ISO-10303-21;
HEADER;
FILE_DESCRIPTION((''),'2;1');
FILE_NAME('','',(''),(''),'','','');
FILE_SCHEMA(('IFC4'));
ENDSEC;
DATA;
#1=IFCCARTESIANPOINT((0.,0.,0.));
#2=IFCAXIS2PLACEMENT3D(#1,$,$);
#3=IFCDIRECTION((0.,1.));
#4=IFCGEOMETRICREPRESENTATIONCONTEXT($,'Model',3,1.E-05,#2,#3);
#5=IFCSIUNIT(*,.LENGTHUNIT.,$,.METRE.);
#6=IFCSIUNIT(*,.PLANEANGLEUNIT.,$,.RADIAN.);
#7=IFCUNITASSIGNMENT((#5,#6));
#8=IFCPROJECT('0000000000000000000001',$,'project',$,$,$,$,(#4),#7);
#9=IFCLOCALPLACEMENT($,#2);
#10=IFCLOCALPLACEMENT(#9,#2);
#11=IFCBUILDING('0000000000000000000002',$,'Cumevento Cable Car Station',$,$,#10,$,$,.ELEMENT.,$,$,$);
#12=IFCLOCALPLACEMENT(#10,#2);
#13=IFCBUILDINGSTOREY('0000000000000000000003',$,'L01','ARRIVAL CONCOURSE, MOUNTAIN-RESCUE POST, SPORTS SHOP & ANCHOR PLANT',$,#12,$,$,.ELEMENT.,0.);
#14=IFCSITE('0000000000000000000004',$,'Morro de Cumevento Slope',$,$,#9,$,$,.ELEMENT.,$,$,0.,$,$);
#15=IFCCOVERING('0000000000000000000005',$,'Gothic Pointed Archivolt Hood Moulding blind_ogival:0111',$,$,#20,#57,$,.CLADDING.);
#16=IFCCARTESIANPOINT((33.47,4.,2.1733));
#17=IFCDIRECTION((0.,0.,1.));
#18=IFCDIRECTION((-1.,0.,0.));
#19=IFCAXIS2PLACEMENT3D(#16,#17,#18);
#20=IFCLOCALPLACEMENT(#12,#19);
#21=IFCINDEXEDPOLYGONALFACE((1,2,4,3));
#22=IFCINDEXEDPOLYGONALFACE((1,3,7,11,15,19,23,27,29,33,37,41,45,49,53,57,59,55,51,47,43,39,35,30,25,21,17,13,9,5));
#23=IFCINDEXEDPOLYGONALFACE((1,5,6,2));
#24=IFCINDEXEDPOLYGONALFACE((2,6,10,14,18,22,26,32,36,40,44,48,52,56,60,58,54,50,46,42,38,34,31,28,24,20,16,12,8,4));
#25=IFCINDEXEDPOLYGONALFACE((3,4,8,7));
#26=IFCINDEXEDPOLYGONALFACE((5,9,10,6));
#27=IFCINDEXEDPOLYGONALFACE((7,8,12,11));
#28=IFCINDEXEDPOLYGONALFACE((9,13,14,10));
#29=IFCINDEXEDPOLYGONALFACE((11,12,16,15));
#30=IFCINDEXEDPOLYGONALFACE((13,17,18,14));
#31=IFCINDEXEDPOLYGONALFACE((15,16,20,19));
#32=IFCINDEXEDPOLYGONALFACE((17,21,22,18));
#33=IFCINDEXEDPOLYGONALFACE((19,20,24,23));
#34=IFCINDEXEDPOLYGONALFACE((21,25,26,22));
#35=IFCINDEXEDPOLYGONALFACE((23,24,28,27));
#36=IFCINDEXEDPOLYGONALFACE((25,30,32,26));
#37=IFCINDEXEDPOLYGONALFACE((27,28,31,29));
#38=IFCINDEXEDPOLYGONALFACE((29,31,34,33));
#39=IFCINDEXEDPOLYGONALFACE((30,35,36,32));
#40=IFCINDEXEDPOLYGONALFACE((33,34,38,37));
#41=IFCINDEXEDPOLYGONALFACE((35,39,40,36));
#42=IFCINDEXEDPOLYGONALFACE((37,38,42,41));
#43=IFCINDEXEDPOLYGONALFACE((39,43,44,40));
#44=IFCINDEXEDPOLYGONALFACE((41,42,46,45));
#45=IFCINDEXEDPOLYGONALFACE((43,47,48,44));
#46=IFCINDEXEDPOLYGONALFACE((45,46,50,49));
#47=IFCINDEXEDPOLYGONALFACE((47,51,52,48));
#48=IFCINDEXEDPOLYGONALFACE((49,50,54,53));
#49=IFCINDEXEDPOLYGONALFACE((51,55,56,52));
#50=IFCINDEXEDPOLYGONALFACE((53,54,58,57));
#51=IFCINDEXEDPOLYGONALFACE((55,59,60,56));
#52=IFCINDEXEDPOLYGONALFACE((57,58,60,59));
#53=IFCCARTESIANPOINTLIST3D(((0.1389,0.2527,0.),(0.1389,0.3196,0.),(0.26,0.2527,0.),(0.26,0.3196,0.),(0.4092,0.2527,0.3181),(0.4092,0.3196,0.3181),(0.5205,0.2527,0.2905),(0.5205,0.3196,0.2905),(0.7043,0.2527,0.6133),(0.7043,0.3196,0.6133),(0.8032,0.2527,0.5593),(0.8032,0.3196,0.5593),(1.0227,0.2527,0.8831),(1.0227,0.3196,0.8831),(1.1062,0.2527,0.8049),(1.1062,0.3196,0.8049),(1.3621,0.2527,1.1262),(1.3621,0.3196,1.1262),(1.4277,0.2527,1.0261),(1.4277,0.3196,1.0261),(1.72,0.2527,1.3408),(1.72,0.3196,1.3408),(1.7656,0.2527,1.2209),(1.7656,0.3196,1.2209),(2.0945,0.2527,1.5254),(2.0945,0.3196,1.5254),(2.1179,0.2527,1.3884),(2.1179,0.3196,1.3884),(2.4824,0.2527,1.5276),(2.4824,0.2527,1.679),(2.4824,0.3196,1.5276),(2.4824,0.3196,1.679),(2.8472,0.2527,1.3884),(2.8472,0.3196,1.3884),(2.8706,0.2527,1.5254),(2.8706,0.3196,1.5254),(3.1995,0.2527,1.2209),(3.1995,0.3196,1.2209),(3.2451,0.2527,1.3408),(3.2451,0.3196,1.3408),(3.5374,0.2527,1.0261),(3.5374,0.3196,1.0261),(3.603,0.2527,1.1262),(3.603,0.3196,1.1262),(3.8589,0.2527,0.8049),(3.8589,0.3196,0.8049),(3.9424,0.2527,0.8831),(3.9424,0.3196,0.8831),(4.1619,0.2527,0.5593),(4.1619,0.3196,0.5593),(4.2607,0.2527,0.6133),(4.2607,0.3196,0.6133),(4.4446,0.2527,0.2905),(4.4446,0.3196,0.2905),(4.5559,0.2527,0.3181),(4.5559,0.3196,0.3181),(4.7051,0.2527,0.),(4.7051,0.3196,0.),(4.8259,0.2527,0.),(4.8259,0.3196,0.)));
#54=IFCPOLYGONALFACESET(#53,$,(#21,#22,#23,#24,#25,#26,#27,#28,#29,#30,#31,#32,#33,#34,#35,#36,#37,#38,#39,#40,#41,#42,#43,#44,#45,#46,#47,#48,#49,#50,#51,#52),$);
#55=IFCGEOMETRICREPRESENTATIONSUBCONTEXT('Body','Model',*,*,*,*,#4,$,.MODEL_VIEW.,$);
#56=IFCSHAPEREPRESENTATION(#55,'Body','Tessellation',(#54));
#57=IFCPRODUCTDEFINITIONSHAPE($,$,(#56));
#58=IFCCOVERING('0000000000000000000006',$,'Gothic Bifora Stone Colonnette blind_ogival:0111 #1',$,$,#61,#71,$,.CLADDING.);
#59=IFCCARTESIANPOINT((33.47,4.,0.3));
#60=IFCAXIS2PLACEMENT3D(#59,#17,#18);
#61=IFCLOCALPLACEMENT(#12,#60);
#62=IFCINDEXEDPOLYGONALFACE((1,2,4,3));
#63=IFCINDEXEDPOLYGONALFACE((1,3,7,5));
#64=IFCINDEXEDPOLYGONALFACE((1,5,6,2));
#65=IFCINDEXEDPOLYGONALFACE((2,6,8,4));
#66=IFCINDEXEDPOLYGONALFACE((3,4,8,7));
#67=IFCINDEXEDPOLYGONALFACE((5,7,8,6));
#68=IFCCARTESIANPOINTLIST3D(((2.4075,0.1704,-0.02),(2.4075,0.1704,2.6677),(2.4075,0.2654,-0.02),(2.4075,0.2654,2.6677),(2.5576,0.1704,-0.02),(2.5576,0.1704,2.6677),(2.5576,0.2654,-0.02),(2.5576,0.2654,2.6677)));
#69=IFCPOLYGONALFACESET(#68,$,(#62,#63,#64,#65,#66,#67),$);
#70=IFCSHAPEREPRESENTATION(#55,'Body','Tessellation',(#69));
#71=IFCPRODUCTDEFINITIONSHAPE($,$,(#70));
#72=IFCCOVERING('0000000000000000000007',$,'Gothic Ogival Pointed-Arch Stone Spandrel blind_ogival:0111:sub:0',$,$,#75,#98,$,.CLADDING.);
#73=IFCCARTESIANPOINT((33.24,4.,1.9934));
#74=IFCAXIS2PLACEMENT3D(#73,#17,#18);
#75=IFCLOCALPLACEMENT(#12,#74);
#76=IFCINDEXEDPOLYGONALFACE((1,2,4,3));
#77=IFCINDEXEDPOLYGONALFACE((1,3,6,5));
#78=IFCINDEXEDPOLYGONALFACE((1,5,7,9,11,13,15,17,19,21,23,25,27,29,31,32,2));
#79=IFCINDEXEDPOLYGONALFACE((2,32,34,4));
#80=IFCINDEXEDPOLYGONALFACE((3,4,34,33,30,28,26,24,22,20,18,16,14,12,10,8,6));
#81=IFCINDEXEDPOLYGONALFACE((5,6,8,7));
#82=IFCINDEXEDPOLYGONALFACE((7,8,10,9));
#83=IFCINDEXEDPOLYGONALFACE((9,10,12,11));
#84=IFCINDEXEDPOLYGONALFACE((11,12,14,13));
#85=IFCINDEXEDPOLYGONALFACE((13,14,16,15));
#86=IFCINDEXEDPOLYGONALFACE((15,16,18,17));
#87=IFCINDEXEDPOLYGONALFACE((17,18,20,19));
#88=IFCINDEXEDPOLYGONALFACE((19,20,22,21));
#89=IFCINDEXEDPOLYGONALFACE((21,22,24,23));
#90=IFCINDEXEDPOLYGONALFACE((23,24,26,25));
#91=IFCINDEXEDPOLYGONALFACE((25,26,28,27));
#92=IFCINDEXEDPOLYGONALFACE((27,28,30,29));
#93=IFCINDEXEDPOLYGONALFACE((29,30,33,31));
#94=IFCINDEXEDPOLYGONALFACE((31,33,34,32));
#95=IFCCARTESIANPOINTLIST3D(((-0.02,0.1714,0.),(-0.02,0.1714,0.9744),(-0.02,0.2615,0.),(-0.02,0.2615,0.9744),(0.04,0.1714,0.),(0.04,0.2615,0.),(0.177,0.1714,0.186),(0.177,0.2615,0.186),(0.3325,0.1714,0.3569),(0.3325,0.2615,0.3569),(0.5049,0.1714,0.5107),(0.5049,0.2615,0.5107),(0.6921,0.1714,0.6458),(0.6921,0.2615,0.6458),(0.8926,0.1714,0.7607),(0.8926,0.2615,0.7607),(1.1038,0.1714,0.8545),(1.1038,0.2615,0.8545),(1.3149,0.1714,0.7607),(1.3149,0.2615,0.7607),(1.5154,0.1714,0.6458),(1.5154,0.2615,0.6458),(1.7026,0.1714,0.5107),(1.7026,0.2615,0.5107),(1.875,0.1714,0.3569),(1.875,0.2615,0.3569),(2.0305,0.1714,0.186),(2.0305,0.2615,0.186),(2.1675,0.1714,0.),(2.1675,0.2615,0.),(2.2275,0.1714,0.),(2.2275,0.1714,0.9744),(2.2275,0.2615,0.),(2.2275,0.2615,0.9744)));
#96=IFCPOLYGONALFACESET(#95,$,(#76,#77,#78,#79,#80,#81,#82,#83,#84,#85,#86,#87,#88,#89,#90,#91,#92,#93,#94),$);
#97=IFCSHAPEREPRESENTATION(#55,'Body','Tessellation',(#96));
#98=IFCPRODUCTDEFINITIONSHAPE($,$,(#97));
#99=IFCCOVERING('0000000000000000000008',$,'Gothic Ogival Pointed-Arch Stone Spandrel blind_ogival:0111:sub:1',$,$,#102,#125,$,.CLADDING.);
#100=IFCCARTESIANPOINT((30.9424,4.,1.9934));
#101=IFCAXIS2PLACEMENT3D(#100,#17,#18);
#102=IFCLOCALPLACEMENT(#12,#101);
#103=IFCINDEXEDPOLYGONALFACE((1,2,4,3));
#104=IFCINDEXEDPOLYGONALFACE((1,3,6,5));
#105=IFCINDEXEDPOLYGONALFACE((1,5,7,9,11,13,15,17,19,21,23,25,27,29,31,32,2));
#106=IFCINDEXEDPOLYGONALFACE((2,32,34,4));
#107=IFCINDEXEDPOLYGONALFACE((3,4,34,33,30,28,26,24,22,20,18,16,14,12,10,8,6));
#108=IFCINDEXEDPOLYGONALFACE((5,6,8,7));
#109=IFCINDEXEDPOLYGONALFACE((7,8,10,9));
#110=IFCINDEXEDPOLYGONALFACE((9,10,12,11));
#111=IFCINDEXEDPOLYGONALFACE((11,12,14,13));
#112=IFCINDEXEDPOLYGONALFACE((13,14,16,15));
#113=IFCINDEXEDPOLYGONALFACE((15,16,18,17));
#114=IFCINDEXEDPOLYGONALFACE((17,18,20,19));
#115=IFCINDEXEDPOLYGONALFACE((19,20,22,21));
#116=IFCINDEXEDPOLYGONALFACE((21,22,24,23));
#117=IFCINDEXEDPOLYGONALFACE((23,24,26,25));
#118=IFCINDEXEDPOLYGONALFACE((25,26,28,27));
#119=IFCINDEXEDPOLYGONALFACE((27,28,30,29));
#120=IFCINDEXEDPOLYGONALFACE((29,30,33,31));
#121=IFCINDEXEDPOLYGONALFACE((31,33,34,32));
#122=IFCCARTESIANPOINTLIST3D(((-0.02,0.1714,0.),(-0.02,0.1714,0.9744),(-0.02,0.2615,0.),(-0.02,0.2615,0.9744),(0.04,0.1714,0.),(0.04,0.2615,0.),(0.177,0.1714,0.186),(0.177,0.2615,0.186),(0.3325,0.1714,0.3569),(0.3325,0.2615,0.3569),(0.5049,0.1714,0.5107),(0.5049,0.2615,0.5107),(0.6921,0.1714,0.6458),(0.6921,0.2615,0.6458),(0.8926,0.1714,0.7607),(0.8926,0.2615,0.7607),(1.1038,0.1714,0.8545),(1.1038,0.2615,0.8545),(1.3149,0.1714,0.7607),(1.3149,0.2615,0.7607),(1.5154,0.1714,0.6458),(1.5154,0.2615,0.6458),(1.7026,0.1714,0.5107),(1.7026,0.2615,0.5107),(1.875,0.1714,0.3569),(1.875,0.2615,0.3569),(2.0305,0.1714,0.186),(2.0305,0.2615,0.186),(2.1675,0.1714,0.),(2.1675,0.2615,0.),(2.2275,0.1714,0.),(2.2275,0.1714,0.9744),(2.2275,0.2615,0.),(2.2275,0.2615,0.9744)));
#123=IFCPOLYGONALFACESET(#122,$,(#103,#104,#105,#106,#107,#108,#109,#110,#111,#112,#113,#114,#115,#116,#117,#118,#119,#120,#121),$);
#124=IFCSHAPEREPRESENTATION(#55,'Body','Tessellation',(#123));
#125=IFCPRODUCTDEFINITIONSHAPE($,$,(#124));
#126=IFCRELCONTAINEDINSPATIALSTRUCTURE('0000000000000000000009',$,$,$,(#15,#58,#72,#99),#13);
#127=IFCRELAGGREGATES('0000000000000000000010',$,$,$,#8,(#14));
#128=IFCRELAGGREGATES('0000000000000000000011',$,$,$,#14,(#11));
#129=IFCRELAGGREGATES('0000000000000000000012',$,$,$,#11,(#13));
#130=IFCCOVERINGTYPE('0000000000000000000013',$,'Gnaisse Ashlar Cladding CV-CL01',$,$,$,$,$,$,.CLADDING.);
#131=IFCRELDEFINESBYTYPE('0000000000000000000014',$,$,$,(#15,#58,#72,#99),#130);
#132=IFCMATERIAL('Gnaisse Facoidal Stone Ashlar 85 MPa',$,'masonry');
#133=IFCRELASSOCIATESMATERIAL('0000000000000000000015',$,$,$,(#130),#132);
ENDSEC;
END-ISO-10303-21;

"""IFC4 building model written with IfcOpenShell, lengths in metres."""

from ifc_helpers import new_model, si_unit, direction, frame, origin, place, context, subcontext, project, spatial, polyline, outline, extrude, material, type_object, element, save


model = new_model("IFC4")

# Units and contexts
model_context = context("Model", 3, precision=1e-05, world=origin(), true_north=direction((0.0, 1.0)))
body_context = subcontext(model_context, "Body", "Model", "MODEL_VIEW")
ifc_project = project(units=[si_unit("LENGTHUNIT", "METRE"), si_unit("PLANEANGLEUNIT", "RADIAN")], contexts=[model_context])

# Site, building, storey
site_placement = place(None, origin())
site = spatial("IfcSite", under=ifc_project, at=site_placement, Name="Morro de Cumevento Slope", CompositionType="ELEMENT", RefElevation=0.0)
building_placement = place(site_placement, origin())
building = spatial("IfcBuilding", under=site, at=building_placement, Name="Cumevento Cable Car Station", CompositionType="ELEMENT")
storey_placement = place(building_placement, origin())
storey = spatial("IfcBuildingStorey", under=building, at=storey_placement, Name="L01", Description="ARRIVAL CONCOURSE, MOUNTAIN-RESCUE POST, SPORTS SHOP & ANCHOR PLANT", CompositionType="ELEMENT", Elevation=0.0)

# Coverings
ifc_material_1 = material(Name="Gnaisse Facoidal Stone Ashlar 85 MPa", Category="masonry")
covering_type = type_object("IfcCoveringType", Name="Gnaisse Ashlar Cladding CV-CL01", PredefinedType="CLADDING", material=ifc_material_1)
placement_1 = place(storey_placement, frame((33.47, 4.0, 0.3), z_axis=(0.0, 0.0, 1.0), x_axis=(-1.0, 0.0, 0.0)))
covering_1_placement = place(storey_placement, frame((33.47, 4.0, 2.1733), z_axis=(0.0, 0.0, 1.0), x_axis=(-1.0, 0.0, 0.0)))
element("IfcCovering", 1, at=covering_1_placement, inside=storey, type_object=covering_type, Name="Gothic Pointed Archivolt Hood Moulding blind_ogival:0111", PredefinedType="CLADDING", context=body_context, shape_type="SweptSolid", body=[
    extrude(outline(polyline([(0.26, 0.0), (0.5205, 0.2905), (0.8032, 0.5593), (1.1062, 0.8049), (1.4277, 1.0261), (1.7656, 1.2209), (2.1179, 1.3884), (2.4824, 1.5276), (2.8472, 1.3884), (3.1995, 1.2209), (3.5374, 1.0261), (3.8589, 0.8049), (4.1619, 0.5593), (4.4446, 0.2905), (4.7051, 0.0), (4.8259, 0.0), (4.5559, 0.3181), (4.2607, 0.6133), (3.9424, 0.8831), (3.603, 1.1262), (3.2451, 1.3408), (2.8706, 1.5254), (2.4824, 1.679), (2.0945, 1.5254), (1.72, 1.3408), (1.3621, 1.1262), (1.0227, 0.8831), (0.7043, 0.6133), (0.4092, 0.3181), (0.1389, 0.0), (0.26, 0.0)])), frame((0.0, 0.3196, 0.0), z_axis=(0.0, -1.0, 0.0), x_axis=(1.0, 0.0, 0.0)), (0.0, 0.0, 1.0), 0.0669),
])
element("IfcCovering", 2, at=placement_1, inside=storey, type_object=covering_type, Name="Gothic Bifora Stone Colonnette blind_ogival:0111 #1", PredefinedType="CLADDING", context=body_context, shape_type="SweptSolid", body=[
    extrude(outline(polyline([(2.4075, -0.02), (2.5576, -0.02), (2.5576, 2.6677), (2.4075, 2.6677), (2.4075, -0.02)])), frame((0.0, 0.2654, 0.0), z_axis=(0.0, -1.0, 0.0), x_axis=(1.0, 0.0, 0.0)), (0.0, 0.0, 1.0), 0.095),
])
for number, where, z_axis, x_axis, name in (
    (3, (33.24, 4.0, 1.9934), (0.0, 0.0, 1.0), (-1.0, 0.0, 0.0), "Gothic Ogival Pointed-Arch Stone Spandrel blind_ogival:0111:sub:0"),
    (4, (30.9424, 4.0, 1.9934), (0.0, 0.0, 1.0), (-1.0, 0.0, 0.0), "Gothic Ogival Pointed-Arch Stone Spandrel blind_ogival:0111:sub:1"),
):
    element("IfcCovering", number, at=place(storey_placement, frame(where, z_axis=z_axis, x_axis=x_axis)), inside=storey, type_object=covering_type, Name=name, PredefinedType="CLADDING", context=body_context, shape_type="SweptSolid", body=[
        extrude(outline(polyline([(-0.02, 0.0), (-0.02, 0.9744), (2.2275, 0.9744), (2.2275, 0.0), (2.1675, 0.0), (2.0305, 0.186), (1.875, 0.3569), (1.7026, 0.5107), (1.5154, 0.6458), (1.3149, 0.7607), (1.1038, 0.8545), (0.8926, 0.7607), (0.6921, 0.6458), (0.5049, 0.5107), (0.3325, 0.3569), (0.177, 0.186), (0.04, 0.0), (-0.02, 0.0)])), frame((0.0, 0.2615, 0.0), z_axis=(0.0, -1.0, 0.0), x_axis=(1.0, 0.0, 0.0)), (0.0, 0.0, 1.0), 0.0901),
    ])

save(model, "model.ifc")
